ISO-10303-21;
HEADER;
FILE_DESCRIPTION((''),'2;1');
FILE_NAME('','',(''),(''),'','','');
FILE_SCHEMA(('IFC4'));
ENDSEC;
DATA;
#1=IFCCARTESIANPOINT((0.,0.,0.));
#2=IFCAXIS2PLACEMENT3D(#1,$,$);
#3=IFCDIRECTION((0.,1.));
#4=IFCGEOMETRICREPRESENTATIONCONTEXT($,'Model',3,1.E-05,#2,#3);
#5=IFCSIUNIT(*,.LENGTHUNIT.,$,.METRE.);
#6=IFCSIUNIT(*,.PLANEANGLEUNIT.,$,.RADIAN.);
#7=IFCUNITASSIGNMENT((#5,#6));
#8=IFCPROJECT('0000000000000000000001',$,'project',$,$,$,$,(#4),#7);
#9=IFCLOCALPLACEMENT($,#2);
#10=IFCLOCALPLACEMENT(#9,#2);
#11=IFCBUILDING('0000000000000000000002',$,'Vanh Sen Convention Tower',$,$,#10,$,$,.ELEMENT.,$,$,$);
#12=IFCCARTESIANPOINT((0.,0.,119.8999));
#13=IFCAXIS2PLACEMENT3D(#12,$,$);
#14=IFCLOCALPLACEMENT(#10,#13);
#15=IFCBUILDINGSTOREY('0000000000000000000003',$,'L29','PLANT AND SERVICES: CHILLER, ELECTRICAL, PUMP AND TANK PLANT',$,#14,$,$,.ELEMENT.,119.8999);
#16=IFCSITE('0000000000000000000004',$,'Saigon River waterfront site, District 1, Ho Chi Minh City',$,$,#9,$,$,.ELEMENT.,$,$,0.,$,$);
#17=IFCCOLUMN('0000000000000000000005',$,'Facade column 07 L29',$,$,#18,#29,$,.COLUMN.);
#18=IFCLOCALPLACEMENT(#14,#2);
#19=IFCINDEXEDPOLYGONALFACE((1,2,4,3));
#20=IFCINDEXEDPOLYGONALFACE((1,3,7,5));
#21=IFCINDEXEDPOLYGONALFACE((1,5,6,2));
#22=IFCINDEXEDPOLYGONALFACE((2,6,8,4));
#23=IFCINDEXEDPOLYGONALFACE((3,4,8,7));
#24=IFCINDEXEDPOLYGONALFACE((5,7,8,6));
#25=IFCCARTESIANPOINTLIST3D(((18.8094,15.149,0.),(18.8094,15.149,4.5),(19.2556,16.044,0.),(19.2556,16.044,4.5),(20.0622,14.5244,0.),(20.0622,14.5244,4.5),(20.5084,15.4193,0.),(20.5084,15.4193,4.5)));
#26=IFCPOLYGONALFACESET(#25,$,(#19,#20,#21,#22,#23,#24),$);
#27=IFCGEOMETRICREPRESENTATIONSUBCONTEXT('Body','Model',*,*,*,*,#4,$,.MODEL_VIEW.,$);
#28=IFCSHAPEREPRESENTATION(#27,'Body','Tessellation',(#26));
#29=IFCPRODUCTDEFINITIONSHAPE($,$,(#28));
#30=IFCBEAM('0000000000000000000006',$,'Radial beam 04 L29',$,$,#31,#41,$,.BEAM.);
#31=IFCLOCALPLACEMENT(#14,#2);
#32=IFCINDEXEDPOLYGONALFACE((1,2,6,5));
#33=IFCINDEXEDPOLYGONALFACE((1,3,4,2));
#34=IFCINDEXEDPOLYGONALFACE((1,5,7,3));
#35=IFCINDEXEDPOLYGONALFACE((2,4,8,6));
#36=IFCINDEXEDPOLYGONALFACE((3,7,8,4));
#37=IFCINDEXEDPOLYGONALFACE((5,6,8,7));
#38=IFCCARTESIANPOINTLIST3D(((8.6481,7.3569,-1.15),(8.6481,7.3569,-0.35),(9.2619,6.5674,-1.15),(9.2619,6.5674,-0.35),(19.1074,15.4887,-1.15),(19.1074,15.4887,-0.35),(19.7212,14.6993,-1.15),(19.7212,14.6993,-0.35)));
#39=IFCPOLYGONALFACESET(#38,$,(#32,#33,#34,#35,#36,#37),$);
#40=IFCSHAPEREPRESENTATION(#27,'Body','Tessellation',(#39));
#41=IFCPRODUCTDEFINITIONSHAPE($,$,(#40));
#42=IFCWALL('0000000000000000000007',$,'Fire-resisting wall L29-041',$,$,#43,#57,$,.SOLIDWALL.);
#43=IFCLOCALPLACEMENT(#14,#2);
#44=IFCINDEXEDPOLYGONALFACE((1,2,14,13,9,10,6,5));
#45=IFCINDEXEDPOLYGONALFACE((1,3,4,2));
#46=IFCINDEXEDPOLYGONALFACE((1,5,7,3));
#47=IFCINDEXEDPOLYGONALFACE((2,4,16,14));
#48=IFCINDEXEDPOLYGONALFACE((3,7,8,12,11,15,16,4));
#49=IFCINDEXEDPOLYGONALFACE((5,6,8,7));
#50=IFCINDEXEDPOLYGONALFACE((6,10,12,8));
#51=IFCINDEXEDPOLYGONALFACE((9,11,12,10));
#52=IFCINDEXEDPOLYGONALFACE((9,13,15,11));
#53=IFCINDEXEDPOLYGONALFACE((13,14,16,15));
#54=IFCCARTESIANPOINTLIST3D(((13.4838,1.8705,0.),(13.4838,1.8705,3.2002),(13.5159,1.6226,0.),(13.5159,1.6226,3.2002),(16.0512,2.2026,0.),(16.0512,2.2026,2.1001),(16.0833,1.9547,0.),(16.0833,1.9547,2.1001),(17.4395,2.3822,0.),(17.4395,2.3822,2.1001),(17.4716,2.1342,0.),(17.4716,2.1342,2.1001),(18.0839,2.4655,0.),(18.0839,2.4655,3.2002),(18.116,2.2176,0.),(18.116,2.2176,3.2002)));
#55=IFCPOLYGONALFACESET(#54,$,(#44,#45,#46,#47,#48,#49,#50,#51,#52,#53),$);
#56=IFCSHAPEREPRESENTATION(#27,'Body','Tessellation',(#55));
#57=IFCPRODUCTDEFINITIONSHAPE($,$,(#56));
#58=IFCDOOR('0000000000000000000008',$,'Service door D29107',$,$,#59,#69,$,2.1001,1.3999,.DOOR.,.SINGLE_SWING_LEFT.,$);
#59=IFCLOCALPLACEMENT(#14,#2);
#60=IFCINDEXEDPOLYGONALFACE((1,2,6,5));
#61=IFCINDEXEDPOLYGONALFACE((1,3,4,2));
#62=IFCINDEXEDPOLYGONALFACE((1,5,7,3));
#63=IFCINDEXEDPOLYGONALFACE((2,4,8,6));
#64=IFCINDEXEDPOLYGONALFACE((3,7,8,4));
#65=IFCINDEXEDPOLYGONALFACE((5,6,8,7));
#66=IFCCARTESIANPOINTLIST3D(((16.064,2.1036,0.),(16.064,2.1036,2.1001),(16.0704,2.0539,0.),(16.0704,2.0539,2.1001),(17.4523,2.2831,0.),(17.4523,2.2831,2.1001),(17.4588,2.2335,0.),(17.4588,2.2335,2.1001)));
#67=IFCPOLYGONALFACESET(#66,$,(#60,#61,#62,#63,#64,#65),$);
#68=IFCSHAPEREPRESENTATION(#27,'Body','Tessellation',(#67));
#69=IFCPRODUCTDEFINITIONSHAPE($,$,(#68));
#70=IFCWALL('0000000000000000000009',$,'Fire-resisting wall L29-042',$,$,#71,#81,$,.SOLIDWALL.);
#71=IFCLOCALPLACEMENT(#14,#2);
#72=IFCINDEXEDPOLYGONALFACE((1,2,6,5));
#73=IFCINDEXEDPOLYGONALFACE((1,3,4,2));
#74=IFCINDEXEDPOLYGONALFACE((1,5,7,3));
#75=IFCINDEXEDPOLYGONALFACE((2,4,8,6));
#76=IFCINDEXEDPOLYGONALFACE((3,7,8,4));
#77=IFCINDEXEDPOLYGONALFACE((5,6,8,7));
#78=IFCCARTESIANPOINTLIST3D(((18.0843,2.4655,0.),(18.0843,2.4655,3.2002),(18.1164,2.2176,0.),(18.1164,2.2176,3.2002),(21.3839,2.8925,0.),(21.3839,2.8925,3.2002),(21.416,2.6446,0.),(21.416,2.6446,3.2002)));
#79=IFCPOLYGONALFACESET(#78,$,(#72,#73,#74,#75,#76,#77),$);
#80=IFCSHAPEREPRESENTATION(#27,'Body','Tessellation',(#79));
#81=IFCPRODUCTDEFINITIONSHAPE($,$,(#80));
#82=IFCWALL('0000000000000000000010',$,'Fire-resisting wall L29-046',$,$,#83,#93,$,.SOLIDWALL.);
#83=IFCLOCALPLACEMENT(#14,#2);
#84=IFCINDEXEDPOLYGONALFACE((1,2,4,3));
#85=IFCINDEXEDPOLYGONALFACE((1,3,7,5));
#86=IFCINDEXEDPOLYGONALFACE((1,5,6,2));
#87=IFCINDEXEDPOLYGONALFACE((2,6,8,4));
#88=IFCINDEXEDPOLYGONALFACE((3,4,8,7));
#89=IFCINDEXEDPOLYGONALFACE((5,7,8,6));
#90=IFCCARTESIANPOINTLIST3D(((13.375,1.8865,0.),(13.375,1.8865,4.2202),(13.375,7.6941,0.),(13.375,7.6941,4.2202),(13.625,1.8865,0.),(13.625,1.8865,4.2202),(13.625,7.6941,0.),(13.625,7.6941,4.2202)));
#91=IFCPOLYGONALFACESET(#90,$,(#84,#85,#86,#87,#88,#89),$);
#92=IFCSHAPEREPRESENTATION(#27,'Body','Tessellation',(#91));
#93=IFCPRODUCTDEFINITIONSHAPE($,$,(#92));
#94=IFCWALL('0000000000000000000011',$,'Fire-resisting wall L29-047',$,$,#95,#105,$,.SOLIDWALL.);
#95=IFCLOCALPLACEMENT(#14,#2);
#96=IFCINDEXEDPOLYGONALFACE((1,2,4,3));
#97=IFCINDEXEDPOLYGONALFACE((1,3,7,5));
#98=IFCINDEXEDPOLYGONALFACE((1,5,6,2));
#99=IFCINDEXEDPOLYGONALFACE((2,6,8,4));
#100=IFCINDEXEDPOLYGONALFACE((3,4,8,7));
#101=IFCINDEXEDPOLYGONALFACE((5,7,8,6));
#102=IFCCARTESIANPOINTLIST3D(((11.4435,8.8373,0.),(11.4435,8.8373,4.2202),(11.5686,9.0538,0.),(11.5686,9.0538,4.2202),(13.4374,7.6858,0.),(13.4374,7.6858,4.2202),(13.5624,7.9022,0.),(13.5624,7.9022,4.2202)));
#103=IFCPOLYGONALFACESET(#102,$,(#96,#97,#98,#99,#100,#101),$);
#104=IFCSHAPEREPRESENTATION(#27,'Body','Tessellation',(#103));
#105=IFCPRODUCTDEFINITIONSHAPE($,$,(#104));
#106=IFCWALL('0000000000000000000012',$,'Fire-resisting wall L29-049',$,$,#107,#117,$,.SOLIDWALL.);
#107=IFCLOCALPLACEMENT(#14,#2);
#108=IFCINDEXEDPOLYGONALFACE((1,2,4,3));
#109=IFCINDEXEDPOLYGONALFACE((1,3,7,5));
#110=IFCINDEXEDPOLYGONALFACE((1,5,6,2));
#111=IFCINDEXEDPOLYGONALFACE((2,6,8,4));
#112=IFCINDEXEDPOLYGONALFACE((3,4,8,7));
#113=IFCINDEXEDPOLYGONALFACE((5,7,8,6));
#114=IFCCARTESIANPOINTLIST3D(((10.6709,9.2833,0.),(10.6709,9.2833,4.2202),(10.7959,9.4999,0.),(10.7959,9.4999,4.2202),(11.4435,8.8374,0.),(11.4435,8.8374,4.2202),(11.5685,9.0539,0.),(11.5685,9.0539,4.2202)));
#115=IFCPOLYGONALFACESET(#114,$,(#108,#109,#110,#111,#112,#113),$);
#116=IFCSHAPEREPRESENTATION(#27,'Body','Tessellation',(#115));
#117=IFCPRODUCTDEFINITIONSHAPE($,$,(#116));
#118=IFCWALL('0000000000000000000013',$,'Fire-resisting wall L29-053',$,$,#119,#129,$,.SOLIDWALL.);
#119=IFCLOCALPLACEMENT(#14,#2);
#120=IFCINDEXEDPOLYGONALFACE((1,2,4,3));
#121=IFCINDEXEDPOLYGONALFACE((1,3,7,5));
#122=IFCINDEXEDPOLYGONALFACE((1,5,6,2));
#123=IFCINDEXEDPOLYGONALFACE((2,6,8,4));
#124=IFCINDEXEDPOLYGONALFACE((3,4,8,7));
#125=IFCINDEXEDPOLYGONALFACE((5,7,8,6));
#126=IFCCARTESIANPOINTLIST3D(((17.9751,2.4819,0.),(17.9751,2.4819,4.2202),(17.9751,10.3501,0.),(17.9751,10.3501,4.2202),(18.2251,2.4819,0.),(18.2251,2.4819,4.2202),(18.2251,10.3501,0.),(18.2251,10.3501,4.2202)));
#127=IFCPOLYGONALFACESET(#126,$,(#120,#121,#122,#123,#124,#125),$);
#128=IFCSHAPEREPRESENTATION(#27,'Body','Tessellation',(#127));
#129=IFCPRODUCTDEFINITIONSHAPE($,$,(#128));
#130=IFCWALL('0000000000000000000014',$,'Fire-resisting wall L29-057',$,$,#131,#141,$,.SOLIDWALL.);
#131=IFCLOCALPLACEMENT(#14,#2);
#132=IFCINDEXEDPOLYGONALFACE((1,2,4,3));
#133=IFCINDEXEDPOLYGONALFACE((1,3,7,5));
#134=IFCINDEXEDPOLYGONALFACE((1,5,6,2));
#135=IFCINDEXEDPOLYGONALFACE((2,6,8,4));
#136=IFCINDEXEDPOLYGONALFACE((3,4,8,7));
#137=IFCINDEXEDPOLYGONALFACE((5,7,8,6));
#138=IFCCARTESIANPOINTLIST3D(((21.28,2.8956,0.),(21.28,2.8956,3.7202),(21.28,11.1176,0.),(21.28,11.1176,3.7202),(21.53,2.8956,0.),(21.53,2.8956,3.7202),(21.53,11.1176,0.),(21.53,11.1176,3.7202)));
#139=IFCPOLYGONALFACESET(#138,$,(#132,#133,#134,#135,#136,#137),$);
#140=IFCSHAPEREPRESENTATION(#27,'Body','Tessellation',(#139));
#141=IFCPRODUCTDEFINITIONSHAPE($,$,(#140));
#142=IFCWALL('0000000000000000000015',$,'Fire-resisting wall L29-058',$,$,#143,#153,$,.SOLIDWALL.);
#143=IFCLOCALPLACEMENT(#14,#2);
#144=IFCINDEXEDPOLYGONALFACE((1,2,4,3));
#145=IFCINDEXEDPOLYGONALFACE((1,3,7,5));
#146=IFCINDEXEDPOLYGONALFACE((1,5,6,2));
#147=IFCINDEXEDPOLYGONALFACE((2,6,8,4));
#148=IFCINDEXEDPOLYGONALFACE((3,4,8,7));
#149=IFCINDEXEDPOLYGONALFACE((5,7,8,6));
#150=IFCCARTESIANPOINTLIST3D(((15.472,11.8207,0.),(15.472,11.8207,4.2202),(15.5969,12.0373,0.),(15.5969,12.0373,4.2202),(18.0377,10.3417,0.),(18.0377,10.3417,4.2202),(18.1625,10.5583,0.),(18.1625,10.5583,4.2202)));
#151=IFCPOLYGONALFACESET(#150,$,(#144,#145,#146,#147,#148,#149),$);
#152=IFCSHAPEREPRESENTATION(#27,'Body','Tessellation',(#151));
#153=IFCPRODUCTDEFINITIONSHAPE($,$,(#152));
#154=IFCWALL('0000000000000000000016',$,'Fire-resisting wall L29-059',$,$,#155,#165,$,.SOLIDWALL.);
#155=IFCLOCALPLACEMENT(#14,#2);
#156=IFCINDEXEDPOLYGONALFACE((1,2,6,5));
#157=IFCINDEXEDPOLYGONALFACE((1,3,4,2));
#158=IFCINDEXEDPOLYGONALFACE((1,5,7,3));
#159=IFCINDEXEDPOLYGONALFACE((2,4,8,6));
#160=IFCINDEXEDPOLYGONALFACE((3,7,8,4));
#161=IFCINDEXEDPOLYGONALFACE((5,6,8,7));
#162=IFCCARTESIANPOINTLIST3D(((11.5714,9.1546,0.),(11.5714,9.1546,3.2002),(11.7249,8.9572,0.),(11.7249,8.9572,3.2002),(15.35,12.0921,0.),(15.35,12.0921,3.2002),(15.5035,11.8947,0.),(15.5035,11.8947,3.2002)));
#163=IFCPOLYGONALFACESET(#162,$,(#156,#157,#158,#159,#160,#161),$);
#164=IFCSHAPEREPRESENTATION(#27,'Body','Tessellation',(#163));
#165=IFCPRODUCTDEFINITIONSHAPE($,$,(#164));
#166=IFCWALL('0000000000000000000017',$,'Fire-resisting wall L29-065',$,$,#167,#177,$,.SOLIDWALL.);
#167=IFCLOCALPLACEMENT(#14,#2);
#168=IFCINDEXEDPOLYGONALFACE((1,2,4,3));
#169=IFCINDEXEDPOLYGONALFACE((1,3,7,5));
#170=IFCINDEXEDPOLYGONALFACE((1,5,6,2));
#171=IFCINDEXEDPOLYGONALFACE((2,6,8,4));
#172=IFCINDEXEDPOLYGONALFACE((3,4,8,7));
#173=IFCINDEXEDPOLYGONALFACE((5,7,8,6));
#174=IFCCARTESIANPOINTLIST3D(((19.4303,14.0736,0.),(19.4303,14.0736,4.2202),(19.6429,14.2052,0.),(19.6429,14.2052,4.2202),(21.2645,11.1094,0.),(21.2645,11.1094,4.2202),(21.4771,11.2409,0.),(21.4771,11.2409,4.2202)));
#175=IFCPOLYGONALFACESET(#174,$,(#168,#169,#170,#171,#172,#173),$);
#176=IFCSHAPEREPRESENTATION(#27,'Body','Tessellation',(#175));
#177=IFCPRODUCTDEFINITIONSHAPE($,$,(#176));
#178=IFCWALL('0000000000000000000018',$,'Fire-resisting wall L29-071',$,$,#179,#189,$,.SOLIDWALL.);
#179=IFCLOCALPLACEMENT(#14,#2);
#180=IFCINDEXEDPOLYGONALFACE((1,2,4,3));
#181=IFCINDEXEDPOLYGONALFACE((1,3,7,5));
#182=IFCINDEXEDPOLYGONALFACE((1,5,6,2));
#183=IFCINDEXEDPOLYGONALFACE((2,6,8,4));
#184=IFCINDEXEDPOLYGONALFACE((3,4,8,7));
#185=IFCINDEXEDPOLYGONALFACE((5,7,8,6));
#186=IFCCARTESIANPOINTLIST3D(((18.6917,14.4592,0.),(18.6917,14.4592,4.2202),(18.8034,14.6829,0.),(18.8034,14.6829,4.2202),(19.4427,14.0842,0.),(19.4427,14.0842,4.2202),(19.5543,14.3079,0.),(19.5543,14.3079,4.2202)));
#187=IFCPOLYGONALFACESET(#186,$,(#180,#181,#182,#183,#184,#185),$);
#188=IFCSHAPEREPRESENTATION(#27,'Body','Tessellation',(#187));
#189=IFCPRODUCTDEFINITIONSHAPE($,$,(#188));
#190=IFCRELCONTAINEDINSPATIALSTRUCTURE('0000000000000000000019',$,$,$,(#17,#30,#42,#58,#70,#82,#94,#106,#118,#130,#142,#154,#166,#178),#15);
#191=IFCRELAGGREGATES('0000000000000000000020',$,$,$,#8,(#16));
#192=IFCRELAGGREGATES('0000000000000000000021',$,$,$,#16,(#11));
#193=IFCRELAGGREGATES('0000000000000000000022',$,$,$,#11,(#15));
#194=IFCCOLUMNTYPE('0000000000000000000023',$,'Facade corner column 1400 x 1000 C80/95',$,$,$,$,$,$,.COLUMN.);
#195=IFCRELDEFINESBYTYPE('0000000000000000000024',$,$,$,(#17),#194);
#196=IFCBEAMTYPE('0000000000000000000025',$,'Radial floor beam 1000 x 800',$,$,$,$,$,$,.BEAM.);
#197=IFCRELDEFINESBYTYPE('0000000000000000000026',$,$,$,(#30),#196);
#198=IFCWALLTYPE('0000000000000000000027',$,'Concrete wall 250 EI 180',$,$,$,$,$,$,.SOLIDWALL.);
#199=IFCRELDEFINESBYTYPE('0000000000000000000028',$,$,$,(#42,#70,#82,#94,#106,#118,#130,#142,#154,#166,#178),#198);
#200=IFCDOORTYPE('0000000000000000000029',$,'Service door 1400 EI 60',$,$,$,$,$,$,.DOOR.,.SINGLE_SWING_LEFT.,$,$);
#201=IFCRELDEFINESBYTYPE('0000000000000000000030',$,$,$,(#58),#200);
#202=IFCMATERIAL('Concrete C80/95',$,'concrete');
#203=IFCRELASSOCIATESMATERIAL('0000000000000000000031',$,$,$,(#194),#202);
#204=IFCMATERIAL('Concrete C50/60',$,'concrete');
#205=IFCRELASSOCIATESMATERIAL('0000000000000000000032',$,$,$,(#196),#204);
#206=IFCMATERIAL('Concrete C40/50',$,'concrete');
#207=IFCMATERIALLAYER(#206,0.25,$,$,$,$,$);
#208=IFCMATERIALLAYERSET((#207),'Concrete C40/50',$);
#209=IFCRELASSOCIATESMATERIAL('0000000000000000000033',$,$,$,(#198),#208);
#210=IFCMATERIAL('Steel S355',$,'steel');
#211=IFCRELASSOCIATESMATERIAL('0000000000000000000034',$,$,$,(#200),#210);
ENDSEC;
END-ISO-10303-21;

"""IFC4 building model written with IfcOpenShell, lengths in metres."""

from ifc_helpers import new_model, si_unit, direction, frame, frame_2d, origin, origin_2d, place, context, subcontext, project, spatial, rectangle, extrude, material, layer, layer_set, material_profile, profile_set, type_object, element, fill, save


model = new_model("IFC4")

# Units and contexts
model_context = context("Model", 3, precision=1e-05, world=origin(), true_north=direction((0.0, 1.0)))
body_context = subcontext(model_context, "Body", "Model", "MODEL_VIEW")
ifc_project = project(units=[si_unit("LENGTHUNIT", "METRE"), si_unit("PLANEANGLEUNIT", "RADIAN")], contexts=[model_context])

# Site, building, storey
site_placement = place(None, origin())
site = spatial("IfcSite", under=ifc_project, at=site_placement, Name="Saigon River waterfront site, District 1, Ho Chi Minh City", CompositionType="ELEMENT", RefElevation=0.0)
building_placement = place(site_placement, origin())
building = spatial("IfcBuilding", under=site, at=building_placement, Name="Vanh Sen Convention Tower", CompositionType="ELEMENT")
storey_placement = place(building_placement, frame((0.0, 0.0, 119.8999)))
storey = spatial("IfcBuildingStorey", under=building, at=storey_placement, Name="L29", Description="PLANT AND SERVICES: CHILLER, ELECTRICAL, PUMP AND TANK PLANT", CompositionType="ELEMENT", Elevation=119.8999)

# Column
ifc_material_1 = material(Name="Concrete C80/95", Category="concrete")
ifc_material_profile_1 = material_profile(ifc_material_1, rectangle(XDim=1.3999, YDim=1.0, at=origin_2d()), Name="RC 1400X1000")
ifc_profile_set_1 = profile_set([ifc_material_profile_1], Name="Concrete C80/95")
column_type = type_object("IfcColumnType", Name="Facade corner column 1400 x 1000 C80/95", PredefinedType="COLUMN", material=ifc_profile_set_1)
column_placement = place(storey_placement, frame((19.6589, 15.2842, 0.0), z_axis=(0.0, 0.0, 1.0), x_axis=(-0.894934, 0.446198, 0.0)))
element("IfcColumn", 1, at=column_placement, inside=storey, type_object=column_type, Name="Facade column 07 L29", PredefinedType="COLUMN", context=body_context, shape_type="SweptSolid", body=[
    extrude(rectangle(XDim=1.3999, YDim=1.0, at=origin_2d()), origin(), (0.0, 0.0, 1.0), 4.5),
])

# Beam
ifc_material_2 = material(Name="Concrete C50/60", Category="concrete")
ifc_material_profile_2 = material_profile(ifc_material_2, rectangle(XDim=1.0, YDim=0.8, at=origin_2d()), Name="RC 1000X800")
ifc_profile_set_2 = profile_set([ifc_material_profile_2], Name="Concrete C50/60")
beam_type = type_object("IfcBeamType", Name="Radial floor beam 1000 x 800", PredefinedType="BEAM", material=ifc_profile_set_2)
beam_placement = place(storey_placement, frame((19.4143, 15.094, -0.75), z_axis=(-0.789466, -0.613794, 0.0), x_axis=(0.613794, -0.789466, 0.0)))
element("IfcBeam", 2, at=beam_placement, inside=storey, type_object=beam_type, Name="Radial beam 04 L29", PredefinedType="BEAM", context=body_context, shape_type="SweptSolid", body=[
    extrude(rectangle(XDim=1.0, YDim=0.8, at=origin_2d()), origin(), (0.0, 0.0, 1.0), 13.2485),
])

# Wall, opening, door
ifc_material_3 = material(Name="Concrete C40/50", Category="concrete")
ifc_layer_1 = layer(ifc_material_3, 0.25)
ifc_layer_set_1 = layer_set([ifc_layer_1], Name="Concrete C40/50")
wall_type_1 = type_object("IfcWallType", Name="Concrete wall 250 EI 180", PredefinedType="SOLIDWALL", material=ifc_layer_set_1)
wall_1_placement = place(storey_placement, frame((18.1001, 2.3416, 0.0), z_axis=(0.0, 0.0, 1.0), x_axis=(-0.991739, -0.12827, 0.0)))
wall_1 = element("IfcWall", 3, at=wall_1_placement, inside=storey, type_object=wall_type_1, Name="Fire-resisting wall L29-041", PredefinedType="SOLIDWALL", context=body_context, shape_type="SweptSolid", body=[
    extrude(rectangle(XDim=4.6384, YDim=0.25, at=frame_2d((2.3193, 0.0))), origin(), (0.0, 0.0, 1.0), 3.2002),
])
opening_1_placement = place(wall_1_placement, frame((0.6499, 0.0, 0.0)))
opening_1 = element("IfcOpeningElement", 4, at=opening_1_placement, cuts=wall_1, PredefinedType="OPENING", context=body_context, shape_type="SweptSolid", body=[
    extrude(rectangle(XDim=1.3999, YDim=2.1001, at=frame_2d((0.7, 1.05))), frame((0.0, 0.135, 0.0), z_axis=(0.0, -1.0, 0.0), x_axis=(1.0, 0.0, 0.0)), (0.0, 0.0, 1.0), 0.27),
])
ifc_material_4 = material(Name="Steel S355", Category="steel")
door_type_1 = type_object("IfcDoorType", Name="Service door 1400 EI 60", OperationType="SINGLE_SWING_LEFT", PredefinedType="DOOR", material=ifc_material_4)
door_1_placement = place(opening_1_placement, origin())
door_1 = element("IfcDoor", 5, at=door_1_placement, inside=storey, type_object=door_type_1, Name="Service door D29107", OperationType="SINGLE_SWING_LEFT", OverallHeight=2.1001, OverallWidth=1.3999, PredefinedType="DOOR", context=body_context, shape_type="SweptSolid", body=[
    extrude(rectangle(XDim=1.3999, YDim=2.1001, at=frame_2d((0.7, 1.05))), frame((0.0, 0.0249, 0.0), z_axis=(0.0, -1.0, 0.0), x_axis=(1.0, 0.0, 0.0)), (0.0, 0.0, 1.0), 0.05),
])
fill(opening_1, door_1)

# Walls
wall_2_placement = place(storey_placement, frame((18.1003, 2.3416, 0.0), z_axis=(0.0, 0.0, 1.0), x_axis=(0.99173, 0.128342, 0.0)))
element("IfcWall", 6, at=wall_2_placement, inside=storey, type_object=wall_type_1, Name="Fire-resisting wall L29-042", PredefinedType="SOLIDWALL", context=body_context, shape_type="SweptSolid", body=[
    extrude(rectangle(XDim=3.3271, YDim=0.25, at=frame_2d((1.6636, 0.0))), origin(), (0.0, 0.0, 1.0), 3.2002),
])
wall_3_placement = place(storey_placement, frame((13.5, 7.6941, 0.0), z_axis=(0.0, 0.0, 1.0), x_axis=(0.0, -1.0, 0.0)))
element("IfcWall", 7, at=wall_3_placement, inside=storey, type_object=wall_type_1, Name="Fire-resisting wall L29-046", PredefinedType="SOLIDWALL", context=body_context, shape_type="SweptSolid", body=[
    extrude(rectangle(XDim=5.8076, YDim=0.25, at=frame_2d((2.9038, 0.0))), origin(), (0.0, 0.0, 1.0), 4.2202),
])
wall_4_placement = place(storey_placement, frame((13.5, 7.7939, 0.0), z_axis=(0.0, 0.0, 1.0), x_axis=(-0.865944, 0.500142, 0.0)))
element("IfcWall", 8, at=wall_4_placement, inside=storey, type_object=wall_type_1, Name="Fire-resisting wall L29-047", PredefinedType="SOLIDWALL", context=body_context, shape_type="SweptSolid", body=[
    extrude(rectangle(XDim=2.3025, YDim=0.25, at=frame_2d((1.1514, 0.0))), origin(), (0.0, 0.0, 1.0), 4.2202),
])
wall_5_placement = place(storey_placement, frame((10.7334, 9.3916, 0.0), z_axis=(0.0, 0.0, 1.0), x_axis=(0.866063, -0.499936, 0.0)))
element("IfcWall", 9, at=wall_5_placement, inside=storey, type_object=wall_type_1, Name="Fire-resisting wall L29-049", PredefinedType="SOLIDWALL", context=body_context, shape_type="SweptSolid", body=[
    extrude(rectangle(XDim=0.8921, YDim=0.25, at=frame_2d((0.446, 0.0))), origin(), (0.0, 0.0, 1.0), 4.2202),
])
wall_6_placement = place(storey_placement, frame((18.1001, 10.3501, 0.0), z_axis=(0.0, 0.0, 1.0), x_axis=(0.0, -1.0, 0.0)))
element("IfcWall", 10, at=wall_6_placement, inside=storey, type_object=wall_type_1, Name="Fire-resisting wall L29-053", PredefinedType="SOLIDWALL", context=body_context, shape_type="SweptSolid", body=[
    extrude(rectangle(XDim=7.8682, YDim=0.25, at=frame_2d((3.9341, 0.0))), origin(), (0.0, 0.0, 1.0), 4.2202),
])
wall_7_placement = place(storey_placement, frame((21.405, 11.1174, 0.0), z_axis=(0.0, 0.0, 1.0), x_axis=(0.0, -1.0, 0.0)))
element("IfcWall", 11, at=wall_7_placement, inside=storey, type_object=wall_type_1, Name="Fire-resisting wall L29-057", PredefinedType="SOLIDWALL", context=body_context, shape_type="SweptSolid", body=[
    extrude(rectangle(XDim=8.2219, YDim=0.25, at=frame_2d((4.1108, 0.0))), origin(), (0.0, 0.0, 1.0), 3.7202),
])
wall_8_placement = place(storey_placement, frame((15.5344, 11.929, 0.0), z_axis=(0.0, 0.0, 1.0), x_axis=(0.86636, -0.49942, 0.0)))
element("IfcWall", 12, at=wall_8_placement, inside=storey, type_object=wall_type_1, Name="Fire-resisting wall L29-058", PredefinedType="SOLIDWALL", context=body_context, shape_type="SweptSolid", body=[
    extrude(rectangle(XDim=2.9614, YDim=0.25, at=frame_2d((1.4807, 0.0))), origin(), (0.0, 0.0, 1.0), 4.2202),
])
wall_9_placement = place(storey_placement, frame((15.4268, 11.9934, 0.0), z_axis=(0.0, 0.0, 1.0), x_axis=(-0.789492, -0.61376, 0.0)))
element("IfcWall", 13, at=wall_9_placement, inside=storey, type_object=wall_type_1, Name="Fire-resisting wall L29-059", PredefinedType="SOLIDWALL", context=body_context, shape_type="SweptSolid", body=[
    extrude(rectangle(XDim=4.7861, YDim=0.25, at=frame_2d((2.3931, 0.0))), origin(), (0.0, 0.0, 1.0), 3.2002),
])
wall_10_placement = place(storey_placement, frame((19.5366, 14.1394, 0.0), z_axis=(0.0, 0.0, 1.0), x_axis=(0.526179, -0.850374, 0.0)))
element("IfcWall", 14, at=wall_10_placement, inside=storey, type_object=wall_type_1, Name="Fire-resisting wall L29-065", PredefinedType="SOLIDWALL", context=body_context, shape_type="SweptSolid", body=[
    extrude(rectangle(XDim=3.4858, YDim=0.25, at=frame_2d((1.7429, 0.0))), origin(), (0.0, 0.0, 1.0), 4.2202),
])
wall_11_placement = place(storey_placement, frame((18.7476, 14.571, 0.0), z_axis=(0.0, 0.0, 1.0), x_axis=(0.89466, -0.446748, 0.0)))
element("IfcWall", 15, at=wall_11_placement, inside=storey, type_object=wall_type_1, Name="Fire-resisting wall L29-071", PredefinedType="SOLIDWALL", context=body_context, shape_type="SweptSolid", body=[
    extrude(rectangle(XDim=0.8394, YDim=0.25, at=frame_2d((0.4197, 0.0))), origin(), (0.0, 0.0, 1.0), 4.2202),
])

save(model, "model.ifc")
